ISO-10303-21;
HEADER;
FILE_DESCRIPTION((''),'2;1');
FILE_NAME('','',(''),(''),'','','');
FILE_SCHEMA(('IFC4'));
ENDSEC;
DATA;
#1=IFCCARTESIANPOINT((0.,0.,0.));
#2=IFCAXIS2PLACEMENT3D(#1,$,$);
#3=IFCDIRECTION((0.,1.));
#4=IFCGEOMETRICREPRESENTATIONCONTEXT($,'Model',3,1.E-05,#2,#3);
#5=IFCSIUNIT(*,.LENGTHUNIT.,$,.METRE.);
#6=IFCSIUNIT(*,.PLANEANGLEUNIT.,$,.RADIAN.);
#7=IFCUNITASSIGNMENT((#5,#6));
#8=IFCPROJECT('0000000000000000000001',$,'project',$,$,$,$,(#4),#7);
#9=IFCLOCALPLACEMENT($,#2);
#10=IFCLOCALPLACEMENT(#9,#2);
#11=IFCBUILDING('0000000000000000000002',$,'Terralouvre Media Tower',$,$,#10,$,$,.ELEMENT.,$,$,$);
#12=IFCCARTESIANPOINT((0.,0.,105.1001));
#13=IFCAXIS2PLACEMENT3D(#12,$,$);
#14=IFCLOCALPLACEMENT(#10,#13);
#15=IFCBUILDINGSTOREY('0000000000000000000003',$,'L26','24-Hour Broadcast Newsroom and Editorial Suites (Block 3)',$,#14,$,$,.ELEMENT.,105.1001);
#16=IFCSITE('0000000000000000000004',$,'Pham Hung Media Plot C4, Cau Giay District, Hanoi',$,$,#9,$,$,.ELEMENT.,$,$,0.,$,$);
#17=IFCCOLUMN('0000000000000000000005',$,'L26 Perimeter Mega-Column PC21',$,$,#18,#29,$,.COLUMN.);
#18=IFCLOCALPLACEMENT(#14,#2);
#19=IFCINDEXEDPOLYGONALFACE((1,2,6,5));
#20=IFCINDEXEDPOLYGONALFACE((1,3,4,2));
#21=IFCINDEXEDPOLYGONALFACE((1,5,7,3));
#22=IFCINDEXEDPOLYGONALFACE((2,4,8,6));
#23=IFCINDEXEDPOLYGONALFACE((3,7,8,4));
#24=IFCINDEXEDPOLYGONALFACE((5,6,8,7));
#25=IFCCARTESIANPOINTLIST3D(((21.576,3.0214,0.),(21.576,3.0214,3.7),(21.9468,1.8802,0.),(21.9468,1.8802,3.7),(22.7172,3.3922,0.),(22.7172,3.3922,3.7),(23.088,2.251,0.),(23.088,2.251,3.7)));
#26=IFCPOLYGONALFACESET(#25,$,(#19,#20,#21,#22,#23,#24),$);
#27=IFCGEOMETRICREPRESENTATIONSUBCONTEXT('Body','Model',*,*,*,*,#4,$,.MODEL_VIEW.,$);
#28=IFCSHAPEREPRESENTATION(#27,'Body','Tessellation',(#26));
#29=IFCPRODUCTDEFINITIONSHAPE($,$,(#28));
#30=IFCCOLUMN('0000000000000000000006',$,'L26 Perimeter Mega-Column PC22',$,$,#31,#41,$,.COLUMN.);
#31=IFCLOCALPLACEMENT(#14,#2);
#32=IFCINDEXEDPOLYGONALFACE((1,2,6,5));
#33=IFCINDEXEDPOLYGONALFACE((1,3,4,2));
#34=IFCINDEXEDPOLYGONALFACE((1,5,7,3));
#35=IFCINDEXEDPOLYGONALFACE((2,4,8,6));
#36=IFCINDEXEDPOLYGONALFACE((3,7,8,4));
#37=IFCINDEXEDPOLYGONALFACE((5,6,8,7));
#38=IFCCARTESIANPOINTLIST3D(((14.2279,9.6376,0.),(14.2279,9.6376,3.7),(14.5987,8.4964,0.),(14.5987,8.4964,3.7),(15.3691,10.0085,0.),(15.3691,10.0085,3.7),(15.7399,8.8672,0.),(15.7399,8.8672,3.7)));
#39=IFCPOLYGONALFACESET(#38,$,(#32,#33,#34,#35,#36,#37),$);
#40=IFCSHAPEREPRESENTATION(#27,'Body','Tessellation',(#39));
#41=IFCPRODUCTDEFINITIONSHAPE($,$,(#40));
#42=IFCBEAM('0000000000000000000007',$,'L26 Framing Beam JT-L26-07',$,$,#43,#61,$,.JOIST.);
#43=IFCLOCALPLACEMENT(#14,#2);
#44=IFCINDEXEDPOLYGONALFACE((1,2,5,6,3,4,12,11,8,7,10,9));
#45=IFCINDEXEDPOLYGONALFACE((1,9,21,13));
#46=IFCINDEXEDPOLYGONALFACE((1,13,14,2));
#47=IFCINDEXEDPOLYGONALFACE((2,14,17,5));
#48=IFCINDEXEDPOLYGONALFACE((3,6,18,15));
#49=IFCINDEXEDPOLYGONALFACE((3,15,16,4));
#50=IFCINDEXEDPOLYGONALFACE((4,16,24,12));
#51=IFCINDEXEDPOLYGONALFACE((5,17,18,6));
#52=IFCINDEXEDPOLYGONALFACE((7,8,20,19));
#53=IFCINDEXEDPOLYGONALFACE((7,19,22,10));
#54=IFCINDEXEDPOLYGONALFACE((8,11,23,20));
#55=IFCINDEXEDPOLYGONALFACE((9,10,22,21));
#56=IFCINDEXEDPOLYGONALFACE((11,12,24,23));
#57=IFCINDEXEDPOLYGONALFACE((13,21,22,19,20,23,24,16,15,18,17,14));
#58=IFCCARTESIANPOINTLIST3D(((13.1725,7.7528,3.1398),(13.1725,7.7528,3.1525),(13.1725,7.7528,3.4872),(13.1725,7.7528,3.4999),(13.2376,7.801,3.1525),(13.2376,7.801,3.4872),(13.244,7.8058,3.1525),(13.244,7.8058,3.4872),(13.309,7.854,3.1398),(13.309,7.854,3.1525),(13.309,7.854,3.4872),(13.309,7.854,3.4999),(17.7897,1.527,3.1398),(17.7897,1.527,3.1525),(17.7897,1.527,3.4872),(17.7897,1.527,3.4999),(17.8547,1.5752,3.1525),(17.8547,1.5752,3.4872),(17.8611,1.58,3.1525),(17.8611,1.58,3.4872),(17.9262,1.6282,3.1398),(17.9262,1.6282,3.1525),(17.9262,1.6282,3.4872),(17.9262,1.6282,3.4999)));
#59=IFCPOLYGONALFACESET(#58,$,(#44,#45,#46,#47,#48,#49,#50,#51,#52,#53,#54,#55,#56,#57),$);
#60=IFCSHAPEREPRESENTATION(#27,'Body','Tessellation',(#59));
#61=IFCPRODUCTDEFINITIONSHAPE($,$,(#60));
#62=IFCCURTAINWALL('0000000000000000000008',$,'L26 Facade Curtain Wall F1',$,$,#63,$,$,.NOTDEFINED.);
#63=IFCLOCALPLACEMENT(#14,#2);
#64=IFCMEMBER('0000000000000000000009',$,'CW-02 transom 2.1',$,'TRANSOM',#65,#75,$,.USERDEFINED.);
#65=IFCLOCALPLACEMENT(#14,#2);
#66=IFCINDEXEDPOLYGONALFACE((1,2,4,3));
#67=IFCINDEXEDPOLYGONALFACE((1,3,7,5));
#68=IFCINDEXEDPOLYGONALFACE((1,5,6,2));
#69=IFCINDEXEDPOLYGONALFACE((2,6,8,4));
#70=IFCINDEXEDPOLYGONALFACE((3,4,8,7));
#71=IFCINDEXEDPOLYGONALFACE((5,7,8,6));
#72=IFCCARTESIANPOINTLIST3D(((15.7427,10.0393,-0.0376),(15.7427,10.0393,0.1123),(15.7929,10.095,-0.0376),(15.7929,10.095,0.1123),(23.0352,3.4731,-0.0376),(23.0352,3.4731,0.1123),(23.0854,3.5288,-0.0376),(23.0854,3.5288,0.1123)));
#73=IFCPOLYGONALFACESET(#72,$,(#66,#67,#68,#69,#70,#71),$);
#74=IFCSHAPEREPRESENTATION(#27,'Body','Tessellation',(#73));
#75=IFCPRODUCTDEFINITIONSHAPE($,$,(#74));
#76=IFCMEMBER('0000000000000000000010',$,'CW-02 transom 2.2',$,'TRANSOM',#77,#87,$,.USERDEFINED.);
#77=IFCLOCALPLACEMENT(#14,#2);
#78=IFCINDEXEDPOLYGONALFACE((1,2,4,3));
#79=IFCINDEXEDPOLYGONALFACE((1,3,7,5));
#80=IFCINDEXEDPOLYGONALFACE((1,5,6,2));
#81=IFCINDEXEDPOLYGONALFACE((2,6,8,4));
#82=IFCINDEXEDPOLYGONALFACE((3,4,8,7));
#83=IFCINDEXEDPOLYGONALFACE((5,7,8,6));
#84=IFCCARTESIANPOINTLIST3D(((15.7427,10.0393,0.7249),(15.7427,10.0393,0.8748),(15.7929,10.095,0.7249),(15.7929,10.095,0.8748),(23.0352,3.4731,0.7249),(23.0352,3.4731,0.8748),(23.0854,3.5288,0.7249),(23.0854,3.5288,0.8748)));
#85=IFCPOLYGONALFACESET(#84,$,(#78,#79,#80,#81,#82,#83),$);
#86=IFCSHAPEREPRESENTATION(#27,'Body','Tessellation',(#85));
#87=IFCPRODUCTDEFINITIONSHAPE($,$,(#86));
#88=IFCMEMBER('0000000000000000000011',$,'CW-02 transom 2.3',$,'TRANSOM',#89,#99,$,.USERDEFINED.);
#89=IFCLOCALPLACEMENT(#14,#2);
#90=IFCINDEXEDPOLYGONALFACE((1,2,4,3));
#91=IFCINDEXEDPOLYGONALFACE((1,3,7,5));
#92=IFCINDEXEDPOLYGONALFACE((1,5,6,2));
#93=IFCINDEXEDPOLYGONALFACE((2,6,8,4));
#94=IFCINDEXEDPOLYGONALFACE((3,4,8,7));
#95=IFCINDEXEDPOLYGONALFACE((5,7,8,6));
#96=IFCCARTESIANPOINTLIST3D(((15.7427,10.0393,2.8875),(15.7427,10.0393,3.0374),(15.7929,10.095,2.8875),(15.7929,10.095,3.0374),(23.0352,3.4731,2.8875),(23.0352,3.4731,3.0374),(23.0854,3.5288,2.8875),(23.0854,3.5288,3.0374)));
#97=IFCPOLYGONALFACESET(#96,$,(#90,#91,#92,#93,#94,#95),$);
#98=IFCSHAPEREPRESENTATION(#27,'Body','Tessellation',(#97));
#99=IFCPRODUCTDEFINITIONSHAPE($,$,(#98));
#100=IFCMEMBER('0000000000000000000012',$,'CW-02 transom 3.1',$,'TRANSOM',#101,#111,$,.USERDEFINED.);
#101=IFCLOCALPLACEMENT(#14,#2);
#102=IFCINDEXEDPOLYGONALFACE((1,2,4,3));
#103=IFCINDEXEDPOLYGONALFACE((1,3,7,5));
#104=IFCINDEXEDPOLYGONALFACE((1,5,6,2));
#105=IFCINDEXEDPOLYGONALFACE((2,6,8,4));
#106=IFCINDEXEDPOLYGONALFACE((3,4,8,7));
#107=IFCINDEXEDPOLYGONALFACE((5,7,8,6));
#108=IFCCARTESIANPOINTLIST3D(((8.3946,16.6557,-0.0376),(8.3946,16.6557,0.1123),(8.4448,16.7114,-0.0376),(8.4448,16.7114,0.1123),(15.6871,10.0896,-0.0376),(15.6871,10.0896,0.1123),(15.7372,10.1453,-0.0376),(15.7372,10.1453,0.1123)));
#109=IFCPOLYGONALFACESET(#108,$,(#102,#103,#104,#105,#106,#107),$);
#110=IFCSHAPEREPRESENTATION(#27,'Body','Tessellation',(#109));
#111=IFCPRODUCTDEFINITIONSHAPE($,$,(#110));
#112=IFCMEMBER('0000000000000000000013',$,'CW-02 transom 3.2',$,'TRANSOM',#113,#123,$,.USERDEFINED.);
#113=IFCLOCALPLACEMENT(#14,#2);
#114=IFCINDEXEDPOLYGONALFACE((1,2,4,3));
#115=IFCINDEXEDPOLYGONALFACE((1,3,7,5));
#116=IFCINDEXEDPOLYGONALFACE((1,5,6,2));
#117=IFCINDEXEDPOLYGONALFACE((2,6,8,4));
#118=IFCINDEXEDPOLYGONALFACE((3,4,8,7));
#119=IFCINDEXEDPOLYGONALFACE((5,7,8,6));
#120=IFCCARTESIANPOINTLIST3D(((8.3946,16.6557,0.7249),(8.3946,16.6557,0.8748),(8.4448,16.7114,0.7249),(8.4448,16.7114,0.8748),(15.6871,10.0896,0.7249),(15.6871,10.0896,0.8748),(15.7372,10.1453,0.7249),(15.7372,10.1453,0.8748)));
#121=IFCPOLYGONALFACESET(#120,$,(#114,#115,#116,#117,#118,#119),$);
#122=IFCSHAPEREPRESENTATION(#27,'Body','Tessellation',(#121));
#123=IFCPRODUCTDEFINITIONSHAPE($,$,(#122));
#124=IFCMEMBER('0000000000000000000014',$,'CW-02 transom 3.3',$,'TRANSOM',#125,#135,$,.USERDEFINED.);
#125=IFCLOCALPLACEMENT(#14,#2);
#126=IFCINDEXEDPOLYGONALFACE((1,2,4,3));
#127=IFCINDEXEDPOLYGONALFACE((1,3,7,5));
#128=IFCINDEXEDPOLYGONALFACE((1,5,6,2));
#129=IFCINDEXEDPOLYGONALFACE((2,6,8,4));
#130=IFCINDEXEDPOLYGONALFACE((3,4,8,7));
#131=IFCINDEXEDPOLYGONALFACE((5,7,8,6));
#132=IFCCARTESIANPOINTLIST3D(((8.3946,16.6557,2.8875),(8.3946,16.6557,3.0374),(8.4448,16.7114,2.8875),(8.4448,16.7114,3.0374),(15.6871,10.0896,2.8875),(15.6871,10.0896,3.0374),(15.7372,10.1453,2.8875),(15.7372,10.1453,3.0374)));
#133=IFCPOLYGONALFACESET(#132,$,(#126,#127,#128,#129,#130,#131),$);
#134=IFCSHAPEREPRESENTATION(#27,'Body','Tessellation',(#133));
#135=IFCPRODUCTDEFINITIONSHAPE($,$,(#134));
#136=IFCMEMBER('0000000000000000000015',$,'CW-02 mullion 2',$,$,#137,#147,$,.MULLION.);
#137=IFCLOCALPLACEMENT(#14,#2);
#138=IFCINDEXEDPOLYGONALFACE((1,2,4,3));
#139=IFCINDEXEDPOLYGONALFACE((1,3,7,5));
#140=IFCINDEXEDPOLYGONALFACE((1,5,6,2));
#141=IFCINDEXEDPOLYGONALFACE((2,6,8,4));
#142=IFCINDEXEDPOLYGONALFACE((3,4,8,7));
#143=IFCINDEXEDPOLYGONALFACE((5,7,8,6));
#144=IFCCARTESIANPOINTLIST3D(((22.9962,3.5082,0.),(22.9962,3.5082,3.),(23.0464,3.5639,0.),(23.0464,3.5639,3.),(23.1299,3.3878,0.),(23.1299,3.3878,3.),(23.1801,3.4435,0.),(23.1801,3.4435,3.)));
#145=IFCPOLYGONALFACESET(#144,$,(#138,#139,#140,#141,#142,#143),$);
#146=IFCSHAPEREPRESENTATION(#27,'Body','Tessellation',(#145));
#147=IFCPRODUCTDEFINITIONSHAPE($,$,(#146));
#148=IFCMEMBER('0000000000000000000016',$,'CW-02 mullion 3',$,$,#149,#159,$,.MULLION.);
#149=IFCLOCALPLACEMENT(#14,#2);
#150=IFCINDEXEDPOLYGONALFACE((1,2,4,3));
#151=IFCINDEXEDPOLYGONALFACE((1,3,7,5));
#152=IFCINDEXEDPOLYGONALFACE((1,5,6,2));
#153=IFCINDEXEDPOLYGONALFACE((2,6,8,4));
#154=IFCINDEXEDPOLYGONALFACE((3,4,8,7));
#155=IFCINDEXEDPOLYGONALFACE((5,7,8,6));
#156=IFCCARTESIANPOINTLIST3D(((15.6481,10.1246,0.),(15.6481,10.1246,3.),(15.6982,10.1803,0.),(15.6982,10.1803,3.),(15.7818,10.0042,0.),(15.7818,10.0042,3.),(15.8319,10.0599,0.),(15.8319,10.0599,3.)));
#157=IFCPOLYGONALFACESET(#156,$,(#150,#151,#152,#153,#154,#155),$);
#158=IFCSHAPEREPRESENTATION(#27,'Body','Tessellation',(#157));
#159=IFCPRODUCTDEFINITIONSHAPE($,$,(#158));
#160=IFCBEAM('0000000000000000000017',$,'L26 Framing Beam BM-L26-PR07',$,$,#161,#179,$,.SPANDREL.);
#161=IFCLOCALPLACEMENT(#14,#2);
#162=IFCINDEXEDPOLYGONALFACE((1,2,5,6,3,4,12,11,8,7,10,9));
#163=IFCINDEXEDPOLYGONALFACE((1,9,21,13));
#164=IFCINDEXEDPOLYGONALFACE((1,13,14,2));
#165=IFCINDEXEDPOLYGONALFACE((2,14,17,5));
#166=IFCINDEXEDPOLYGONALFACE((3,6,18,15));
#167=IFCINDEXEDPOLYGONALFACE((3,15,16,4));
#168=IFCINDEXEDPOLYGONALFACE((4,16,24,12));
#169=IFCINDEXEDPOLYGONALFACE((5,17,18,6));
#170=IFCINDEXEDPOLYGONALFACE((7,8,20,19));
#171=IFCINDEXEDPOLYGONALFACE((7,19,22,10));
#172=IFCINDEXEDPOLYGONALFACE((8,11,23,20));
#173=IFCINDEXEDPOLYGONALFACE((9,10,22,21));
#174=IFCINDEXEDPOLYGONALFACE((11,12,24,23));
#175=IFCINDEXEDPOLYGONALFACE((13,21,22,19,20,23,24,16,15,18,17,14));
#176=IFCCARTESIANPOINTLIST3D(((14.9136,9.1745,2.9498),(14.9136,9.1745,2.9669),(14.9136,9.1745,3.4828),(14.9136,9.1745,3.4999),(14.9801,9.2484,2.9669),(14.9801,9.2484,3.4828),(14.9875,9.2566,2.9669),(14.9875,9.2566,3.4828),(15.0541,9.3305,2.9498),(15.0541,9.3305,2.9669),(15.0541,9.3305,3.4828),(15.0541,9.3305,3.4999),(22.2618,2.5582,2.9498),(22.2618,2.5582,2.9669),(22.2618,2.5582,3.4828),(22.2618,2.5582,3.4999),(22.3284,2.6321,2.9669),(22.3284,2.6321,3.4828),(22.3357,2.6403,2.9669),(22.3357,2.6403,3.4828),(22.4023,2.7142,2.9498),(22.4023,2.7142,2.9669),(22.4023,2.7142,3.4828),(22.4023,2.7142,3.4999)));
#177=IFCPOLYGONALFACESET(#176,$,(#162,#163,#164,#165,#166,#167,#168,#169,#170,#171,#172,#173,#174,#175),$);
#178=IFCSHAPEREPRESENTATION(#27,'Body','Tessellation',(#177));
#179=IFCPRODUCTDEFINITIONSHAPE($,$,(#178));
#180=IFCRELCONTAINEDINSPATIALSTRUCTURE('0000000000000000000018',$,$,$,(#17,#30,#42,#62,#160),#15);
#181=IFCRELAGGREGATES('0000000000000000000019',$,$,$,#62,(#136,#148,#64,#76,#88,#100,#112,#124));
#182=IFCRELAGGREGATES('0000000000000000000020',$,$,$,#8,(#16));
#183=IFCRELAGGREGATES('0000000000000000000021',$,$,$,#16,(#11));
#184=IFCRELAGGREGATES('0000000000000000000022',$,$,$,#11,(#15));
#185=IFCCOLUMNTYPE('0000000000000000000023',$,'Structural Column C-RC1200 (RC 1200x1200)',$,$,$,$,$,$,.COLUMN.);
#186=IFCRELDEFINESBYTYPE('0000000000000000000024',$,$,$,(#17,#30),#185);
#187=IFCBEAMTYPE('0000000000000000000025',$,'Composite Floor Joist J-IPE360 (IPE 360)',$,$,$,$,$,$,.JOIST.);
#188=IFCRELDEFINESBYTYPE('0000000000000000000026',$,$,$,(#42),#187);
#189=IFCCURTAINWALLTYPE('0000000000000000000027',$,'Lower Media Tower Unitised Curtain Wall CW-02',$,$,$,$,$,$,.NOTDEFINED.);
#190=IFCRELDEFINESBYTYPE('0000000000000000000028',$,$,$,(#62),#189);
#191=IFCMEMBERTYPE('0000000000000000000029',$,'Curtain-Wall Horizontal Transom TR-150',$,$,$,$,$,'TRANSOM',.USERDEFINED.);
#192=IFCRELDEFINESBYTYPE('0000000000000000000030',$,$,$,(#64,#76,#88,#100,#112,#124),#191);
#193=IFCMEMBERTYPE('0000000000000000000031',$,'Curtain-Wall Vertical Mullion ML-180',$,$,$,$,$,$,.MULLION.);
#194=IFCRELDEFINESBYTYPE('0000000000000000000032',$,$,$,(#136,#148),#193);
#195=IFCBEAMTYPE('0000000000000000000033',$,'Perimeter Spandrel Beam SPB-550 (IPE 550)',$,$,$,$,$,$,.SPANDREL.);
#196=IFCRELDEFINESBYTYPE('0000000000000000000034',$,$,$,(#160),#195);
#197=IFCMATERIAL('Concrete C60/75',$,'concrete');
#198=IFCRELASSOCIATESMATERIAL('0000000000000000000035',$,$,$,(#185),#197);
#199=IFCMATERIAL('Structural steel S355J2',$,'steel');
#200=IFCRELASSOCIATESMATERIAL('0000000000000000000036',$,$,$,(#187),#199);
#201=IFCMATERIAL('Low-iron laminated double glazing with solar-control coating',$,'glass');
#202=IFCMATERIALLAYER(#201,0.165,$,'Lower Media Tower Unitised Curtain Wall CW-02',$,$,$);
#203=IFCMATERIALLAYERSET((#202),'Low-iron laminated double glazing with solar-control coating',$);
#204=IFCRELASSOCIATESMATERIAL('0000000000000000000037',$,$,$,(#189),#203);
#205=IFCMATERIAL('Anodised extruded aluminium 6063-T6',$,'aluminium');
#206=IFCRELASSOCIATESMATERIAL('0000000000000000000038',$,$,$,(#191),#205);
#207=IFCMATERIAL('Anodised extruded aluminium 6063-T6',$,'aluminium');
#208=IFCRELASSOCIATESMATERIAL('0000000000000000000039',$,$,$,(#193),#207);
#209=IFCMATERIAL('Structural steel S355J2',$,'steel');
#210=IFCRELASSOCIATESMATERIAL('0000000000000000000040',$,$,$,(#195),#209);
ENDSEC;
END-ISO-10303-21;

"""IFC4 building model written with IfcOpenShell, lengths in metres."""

from ifc_helpers import new_model, si_unit, direction, frame, origin, origin_2d, place, context, subcontext, project, spatial, rectangle, i_section, extrude, material, layer, layer_set, material_profile, profile_set, type_object, element, aggregate, save


model = new_model("IFC4")

# Units and contexts
model_context = context("Model", 3, precision=1e-05, world=origin(), true_north=direction((0.0, 1.0)))
body_context = subcontext(model_context, "Body", "Model", "MODEL_VIEW")
ifc_project = project(units=[si_unit("LENGTHUNIT", "METRE"), si_unit("PLANEANGLEUNIT", "RADIAN")], contexts=[model_context])

# Site, building, storey
site_placement = place(None, origin())
site = spatial("IfcSite", under=ifc_project, at=site_placement, Name="Pham Hung Media Plot C4, Cau Giay District, Hanoi", CompositionType="ELEMENT", RefElevation=0.0)
building_placement = place(site_placement, origin())
building = spatial("IfcBuilding", under=site, at=building_placement, Name="Terralouvre Media Tower", CompositionType="ELEMENT")
storey_placement = place(building_placement, frame((0.0, 0.0, 105.1001)))
storey = spatial("IfcBuildingStorey", under=building, at=storey_placement, Name="L26", Description="24-Hour Broadcast Newsroom and Editorial Suites (Block 3)", CompositionType="ELEMENT", Elevation=105.1001)

# Columns
ifc_material_1 = material(Name="Concrete C60/75", Category="concrete")
ifc_material_profile_1 = material_profile(ifc_material_1, rectangle(XDim=1.2, YDim=1.2, at=origin_2d()), Name="RC 1200x1200")
ifc_profile_set_1 = profile_set([ifc_material_profile_1], Name="Concrete C60/75")
column_type = type_object("IfcColumnType", Name="Structural Column C-RC1200 (RC 1200x1200)", PredefinedType="COLUMN", material=ifc_profile_set_1)
for number, where, z_axis, x_axis, name in (
    (1, (22.332, 2.6362, 0.0), (0.0, 0.0, 1.0), (0.951057, 0.309017, 0.0), "L26 Perimeter Mega-Column PC21"),
    (2, (14.9839, 9.2524, 0.0), (0.0, 0.0, 1.0), (0.951057, 0.309017, 0.0), "L26 Perimeter Mega-Column PC22"),
):
    element("IfcColumn", number, at=place(storey_placement, frame(where, z_axis=z_axis, x_axis=x_axis)), inside=storey, type_object=column_type, Name=name, PredefinedType="COLUMN", context=body_context, shape_type="SweptSolid", body=[
        extrude(rectangle(XDim=1.2, YDim=1.2, at=origin_2d()), origin(), (0.0, 0.0, 1.0), 3.7),
    ])

# Beam
ifc_material_2 = material(Name="Structural steel S355J2", Category="steel")
ifc_material_profile_2 = material_profile(ifc_material_2, i_section(OverallWidth=0.1699, OverallDepth=0.3601, WebThickness=0.0081, FlangeThickness=0.0127, at=origin_2d()), Name="IPE 360")
ifc_profile_set_2 = profile_set([ifc_material_profile_2], Name="Structural steel S355J2")
beam_type_1 = type_object("IfcBeamType", Name="Composite Floor Joist J-IPE360 (IPE 360)", PredefinedType="JOIST", material=ifc_profile_set_2)
beam_1_placement = place(storey_placement, frame((17.8579, 1.5776, 3.3198), z_axis=(-0.595682, 0.80322, 0.0), x_axis=(-0.80322, -0.595682, 0.0)))
element("IfcBeam", 3, at=beam_1_placement, inside=storey, type_object=beam_type_1, Name="L26 Framing Beam JT-L26-07", PredefinedType="JOIST", context=body_context, shape_type="SweptSolid", body=[
    extrude(i_section(OverallWidth=0.1699, OverallDepth=0.3601, WebThickness=0.0081, FlangeThickness=0.0127, at=origin_2d()), origin(), (0.0, 0.0, 1.0), 7.751),
])

# Curtain wall, members
ifc_material_3 = material(Name="Low-iron laminated double glazing with solar-control coating", Category="glass")
ifc_layer_1 = layer(ifc_material_3, 0.165, Name="Lower Media Tower Unitised Curtain Wall CW-02")
ifc_layer_set_1 = layer_set([ifc_layer_1], Name="Low-iron laminated double glazing with solar-control coating")
curtain_wall_type = type_object("IfcCurtainWallType", Name="Lower Media Tower Unitised Curtain Wall CW-02", PredefinedType="NOTDEFINED", material=ifc_layer_set_1)
curtain_wall_placement = place(storey_placement, origin())
curtain_wall = element("IfcCurtainWall", 4, at=curtain_wall_placement, inside=storey, type_object=curtain_wall_type, Name="L26 Facade Curtain Wall F1", PredefinedType="NOTDEFINED")
ifc_material_4 = material(Name="Anodised extruded aluminium 6063-T6", Category="aluminium")
ifc_material_profile_3 = material_profile(ifc_material_4, rectangle(XDim=0.075, YDim=0.1499, at=origin_2d()), Name="ALU 75x150")
ifc_profile_set_3 = profile_set([ifc_material_profile_3], Name="Anodised extruded aluminium 6063-T6")
member_type_1 = type_object("IfcMemberType", Name="Curtain-Wall Horizontal Transom TR-150", ElementType="TRANSOM", PredefinedType="USERDEFINED", material=ifc_profile_set_3)
member_1_placement = place(storey_placement, frame((23.0603, 3.501, 0.0374), z_axis=(-0.743146, 0.66913, 0.0), x_axis=(-0.66913, -0.743146, 0.0)))
member_1 = element("IfcMember", 5, at=member_1_placement, type_object=member_type_1, Name="CW-02 transom 2.1", ObjectType="TRANSOM", PredefinedType="USERDEFINED", context=body_context, shape_type="SweptSolid", body=[
    extrude(rectangle(XDim=0.075, YDim=0.1499, at=origin_2d()), origin(), (0.0, 0.0, 1.0), 9.813),
])
member_2_placement = place(storey_placement, frame((23.0603, 3.501, 0.7998), z_axis=(-0.743146, 0.66913, 0.0), x_axis=(-0.66913, -0.743146, 0.0)))
member_2 = element("IfcMember", 6, at=member_2_placement, type_object=member_type_1, Name="CW-02 transom 2.2", ObjectType="TRANSOM", PredefinedType="USERDEFINED", context=body_context, shape_type="SweptSolid", body=[
    extrude(rectangle(XDim=0.075, YDim=0.1499, at=origin_2d()), origin(), (0.0, 0.0, 1.0), 9.813),
])
member_3_placement = place(storey_placement, frame((23.0603, 3.501, 2.9624), z_axis=(-0.743146, 0.66913, 0.0), x_axis=(-0.66913, -0.743146, 0.0)))
member_3 = element("IfcMember", 7, at=member_3_placement, type_object=member_type_1, Name="CW-02 transom 2.3", ObjectType="TRANSOM", PredefinedType="USERDEFINED", context=body_context, shape_type="SweptSolid", body=[
    extrude(rectangle(XDim=0.075, YDim=0.1499, at=origin_2d()), origin(), (0.0, 0.0, 1.0), 9.813),
])
member_4_placement = place(storey_placement, frame((15.7122, 10.1174, 0.0374), z_axis=(-0.743146, 0.66913, 0.0), x_axis=(-0.66913, -0.743146, 0.0)))
member_4 = element("IfcMember", 8, at=member_4_placement, type_object=member_type_1, Name="CW-02 transom 3.1", ObjectType="TRANSOM", PredefinedType="USERDEFINED", context=body_context, shape_type="SweptSolid", body=[
    extrude(rectangle(XDim=0.075, YDim=0.1499, at=origin_2d()), origin(), (0.0, 0.0, 1.0), 9.813),
])
member_5_placement = place(storey_placement, frame((15.7122, 10.1174, 0.7998), z_axis=(-0.743146, 0.66913, 0.0), x_axis=(-0.66913, -0.743146, 0.0)))
member_5 = element("IfcMember", 9, at=member_5_placement, type_object=member_type_1, Name="CW-02 transom 3.2", ObjectType="TRANSOM", PredefinedType="USERDEFINED", context=body_context, shape_type="SweptSolid", body=[
    extrude(rectangle(XDim=0.075, YDim=0.1499, at=origin_2d()), origin(), (0.0, 0.0, 1.0), 9.813),
])
member_6_placement = place(storey_placement, frame((15.7122, 10.1174, 2.9624), z_axis=(-0.743146, 0.66913, 0.0), x_axis=(-0.66913, -0.743146, 0.0)))
member_6 = element("IfcMember", 10, at=member_6_placement, type_object=member_type_1, Name="CW-02 transom 3.3", ObjectType="TRANSOM", PredefinedType="USERDEFINED", context=body_context, shape_type="SweptSolid", body=[
    extrude(rectangle(XDim=0.075, YDim=0.1499, at=origin_2d()), origin(), (0.0, 0.0, 1.0), 9.813),
])
ifc_material_5 = material(Name="Anodised extruded aluminium 6063-T6", Category="aluminium")
ifc_material_profile_4 = material_profile(ifc_material_5, rectangle(XDim=0.075, YDim=0.1799, at=origin_2d()), Name="ALU 75x180")
ifc_profile_set_4 = profile_set([ifc_material_profile_4], Name="Anodised extruded aluminium 6063-T6")
member_type_2 = type_object("IfcMemberType", Name="Curtain-Wall Vertical Mullion ML-180", PredefinedType="MULLION", material=ifc_profile_set_4)
member_7_placement = place(storey_placement, frame((23.0881, 3.4758, 0.0), z_axis=(0.0, 0.0, 1.0), x_axis=(-0.669131, -0.743145, 0.0)))
member_7 = element("IfcMember", 11, at=member_7_placement, type_object=member_type_2, Name="CW-02 mullion 2", PredefinedType="MULLION", context=body_context, shape_type="SweptSolid", body=[
    extrude(rectangle(XDim=0.075, YDim=0.1799, at=origin_2d()), origin(), (0.0, 0.0, 1.0), 3.0),
])
member_8_placement = place(storey_placement, frame((15.74, 10.0923, 0.0), z_axis=(0.0, 0.0, 1.0), x_axis=(-0.669131, -0.743145, 0.0)))
member_8 = element("IfcMember", 12, at=member_8_placement, type_object=member_type_2, Name="CW-02 mullion 3", PredefinedType="MULLION", context=body_context, shape_type="SweptSolid", body=[
    extrude(rectangle(XDim=0.075, YDim=0.1799, at=origin_2d()), origin(), (0.0, 0.0, 1.0), 3.0),
])

# Beam
ifc_material_6 = material(Name="Structural steel S355J2", Category="steel")
ifc_material_profile_5 = material_profile(ifc_material_6, i_section(OverallWidth=0.21, OverallDepth=0.55, WebThickness=0.011, FlangeThickness=0.0171, at=origin_2d()), Name="IPE 550")
ifc_profile_set_5 = profile_set([ifc_material_profile_5], Name="Structural steel S355J2")
beam_type_2 = type_object("IfcBeamType", Name="Perimeter Spandrel Beam SPB-550 (IPE 550)", PredefinedType="SPANDREL", material=ifc_profile_set_5)
beam_2_placement = place(storey_placement, frame((22.332, 2.6362, 3.2249), z_axis=(-0.743149, 0.669126, 0.0), x_axis=(-0.669126, -0.743149, 0.0)))
element("IfcBeam", 13, at=beam_2_placement, inside=storey, type_object=beam_type_2, Name="L26 Framing Beam BM-L26-PR07", PredefinedType="SPANDREL", context=body_context, shape_type="SweptSolid", body=[
    extrude(i_section(OverallWidth=0.21, OverallDepth=0.55, WebThickness=0.011, FlangeThickness=0.0171, at=origin_2d()), origin(), (0.0, 0.0, 1.0), 9.8879),
])

aggregate(curtain_wall, [member_7, member_8, member_1, member_2, member_3, member_4, member_5, member_6])

save(model, "model.ifc")
